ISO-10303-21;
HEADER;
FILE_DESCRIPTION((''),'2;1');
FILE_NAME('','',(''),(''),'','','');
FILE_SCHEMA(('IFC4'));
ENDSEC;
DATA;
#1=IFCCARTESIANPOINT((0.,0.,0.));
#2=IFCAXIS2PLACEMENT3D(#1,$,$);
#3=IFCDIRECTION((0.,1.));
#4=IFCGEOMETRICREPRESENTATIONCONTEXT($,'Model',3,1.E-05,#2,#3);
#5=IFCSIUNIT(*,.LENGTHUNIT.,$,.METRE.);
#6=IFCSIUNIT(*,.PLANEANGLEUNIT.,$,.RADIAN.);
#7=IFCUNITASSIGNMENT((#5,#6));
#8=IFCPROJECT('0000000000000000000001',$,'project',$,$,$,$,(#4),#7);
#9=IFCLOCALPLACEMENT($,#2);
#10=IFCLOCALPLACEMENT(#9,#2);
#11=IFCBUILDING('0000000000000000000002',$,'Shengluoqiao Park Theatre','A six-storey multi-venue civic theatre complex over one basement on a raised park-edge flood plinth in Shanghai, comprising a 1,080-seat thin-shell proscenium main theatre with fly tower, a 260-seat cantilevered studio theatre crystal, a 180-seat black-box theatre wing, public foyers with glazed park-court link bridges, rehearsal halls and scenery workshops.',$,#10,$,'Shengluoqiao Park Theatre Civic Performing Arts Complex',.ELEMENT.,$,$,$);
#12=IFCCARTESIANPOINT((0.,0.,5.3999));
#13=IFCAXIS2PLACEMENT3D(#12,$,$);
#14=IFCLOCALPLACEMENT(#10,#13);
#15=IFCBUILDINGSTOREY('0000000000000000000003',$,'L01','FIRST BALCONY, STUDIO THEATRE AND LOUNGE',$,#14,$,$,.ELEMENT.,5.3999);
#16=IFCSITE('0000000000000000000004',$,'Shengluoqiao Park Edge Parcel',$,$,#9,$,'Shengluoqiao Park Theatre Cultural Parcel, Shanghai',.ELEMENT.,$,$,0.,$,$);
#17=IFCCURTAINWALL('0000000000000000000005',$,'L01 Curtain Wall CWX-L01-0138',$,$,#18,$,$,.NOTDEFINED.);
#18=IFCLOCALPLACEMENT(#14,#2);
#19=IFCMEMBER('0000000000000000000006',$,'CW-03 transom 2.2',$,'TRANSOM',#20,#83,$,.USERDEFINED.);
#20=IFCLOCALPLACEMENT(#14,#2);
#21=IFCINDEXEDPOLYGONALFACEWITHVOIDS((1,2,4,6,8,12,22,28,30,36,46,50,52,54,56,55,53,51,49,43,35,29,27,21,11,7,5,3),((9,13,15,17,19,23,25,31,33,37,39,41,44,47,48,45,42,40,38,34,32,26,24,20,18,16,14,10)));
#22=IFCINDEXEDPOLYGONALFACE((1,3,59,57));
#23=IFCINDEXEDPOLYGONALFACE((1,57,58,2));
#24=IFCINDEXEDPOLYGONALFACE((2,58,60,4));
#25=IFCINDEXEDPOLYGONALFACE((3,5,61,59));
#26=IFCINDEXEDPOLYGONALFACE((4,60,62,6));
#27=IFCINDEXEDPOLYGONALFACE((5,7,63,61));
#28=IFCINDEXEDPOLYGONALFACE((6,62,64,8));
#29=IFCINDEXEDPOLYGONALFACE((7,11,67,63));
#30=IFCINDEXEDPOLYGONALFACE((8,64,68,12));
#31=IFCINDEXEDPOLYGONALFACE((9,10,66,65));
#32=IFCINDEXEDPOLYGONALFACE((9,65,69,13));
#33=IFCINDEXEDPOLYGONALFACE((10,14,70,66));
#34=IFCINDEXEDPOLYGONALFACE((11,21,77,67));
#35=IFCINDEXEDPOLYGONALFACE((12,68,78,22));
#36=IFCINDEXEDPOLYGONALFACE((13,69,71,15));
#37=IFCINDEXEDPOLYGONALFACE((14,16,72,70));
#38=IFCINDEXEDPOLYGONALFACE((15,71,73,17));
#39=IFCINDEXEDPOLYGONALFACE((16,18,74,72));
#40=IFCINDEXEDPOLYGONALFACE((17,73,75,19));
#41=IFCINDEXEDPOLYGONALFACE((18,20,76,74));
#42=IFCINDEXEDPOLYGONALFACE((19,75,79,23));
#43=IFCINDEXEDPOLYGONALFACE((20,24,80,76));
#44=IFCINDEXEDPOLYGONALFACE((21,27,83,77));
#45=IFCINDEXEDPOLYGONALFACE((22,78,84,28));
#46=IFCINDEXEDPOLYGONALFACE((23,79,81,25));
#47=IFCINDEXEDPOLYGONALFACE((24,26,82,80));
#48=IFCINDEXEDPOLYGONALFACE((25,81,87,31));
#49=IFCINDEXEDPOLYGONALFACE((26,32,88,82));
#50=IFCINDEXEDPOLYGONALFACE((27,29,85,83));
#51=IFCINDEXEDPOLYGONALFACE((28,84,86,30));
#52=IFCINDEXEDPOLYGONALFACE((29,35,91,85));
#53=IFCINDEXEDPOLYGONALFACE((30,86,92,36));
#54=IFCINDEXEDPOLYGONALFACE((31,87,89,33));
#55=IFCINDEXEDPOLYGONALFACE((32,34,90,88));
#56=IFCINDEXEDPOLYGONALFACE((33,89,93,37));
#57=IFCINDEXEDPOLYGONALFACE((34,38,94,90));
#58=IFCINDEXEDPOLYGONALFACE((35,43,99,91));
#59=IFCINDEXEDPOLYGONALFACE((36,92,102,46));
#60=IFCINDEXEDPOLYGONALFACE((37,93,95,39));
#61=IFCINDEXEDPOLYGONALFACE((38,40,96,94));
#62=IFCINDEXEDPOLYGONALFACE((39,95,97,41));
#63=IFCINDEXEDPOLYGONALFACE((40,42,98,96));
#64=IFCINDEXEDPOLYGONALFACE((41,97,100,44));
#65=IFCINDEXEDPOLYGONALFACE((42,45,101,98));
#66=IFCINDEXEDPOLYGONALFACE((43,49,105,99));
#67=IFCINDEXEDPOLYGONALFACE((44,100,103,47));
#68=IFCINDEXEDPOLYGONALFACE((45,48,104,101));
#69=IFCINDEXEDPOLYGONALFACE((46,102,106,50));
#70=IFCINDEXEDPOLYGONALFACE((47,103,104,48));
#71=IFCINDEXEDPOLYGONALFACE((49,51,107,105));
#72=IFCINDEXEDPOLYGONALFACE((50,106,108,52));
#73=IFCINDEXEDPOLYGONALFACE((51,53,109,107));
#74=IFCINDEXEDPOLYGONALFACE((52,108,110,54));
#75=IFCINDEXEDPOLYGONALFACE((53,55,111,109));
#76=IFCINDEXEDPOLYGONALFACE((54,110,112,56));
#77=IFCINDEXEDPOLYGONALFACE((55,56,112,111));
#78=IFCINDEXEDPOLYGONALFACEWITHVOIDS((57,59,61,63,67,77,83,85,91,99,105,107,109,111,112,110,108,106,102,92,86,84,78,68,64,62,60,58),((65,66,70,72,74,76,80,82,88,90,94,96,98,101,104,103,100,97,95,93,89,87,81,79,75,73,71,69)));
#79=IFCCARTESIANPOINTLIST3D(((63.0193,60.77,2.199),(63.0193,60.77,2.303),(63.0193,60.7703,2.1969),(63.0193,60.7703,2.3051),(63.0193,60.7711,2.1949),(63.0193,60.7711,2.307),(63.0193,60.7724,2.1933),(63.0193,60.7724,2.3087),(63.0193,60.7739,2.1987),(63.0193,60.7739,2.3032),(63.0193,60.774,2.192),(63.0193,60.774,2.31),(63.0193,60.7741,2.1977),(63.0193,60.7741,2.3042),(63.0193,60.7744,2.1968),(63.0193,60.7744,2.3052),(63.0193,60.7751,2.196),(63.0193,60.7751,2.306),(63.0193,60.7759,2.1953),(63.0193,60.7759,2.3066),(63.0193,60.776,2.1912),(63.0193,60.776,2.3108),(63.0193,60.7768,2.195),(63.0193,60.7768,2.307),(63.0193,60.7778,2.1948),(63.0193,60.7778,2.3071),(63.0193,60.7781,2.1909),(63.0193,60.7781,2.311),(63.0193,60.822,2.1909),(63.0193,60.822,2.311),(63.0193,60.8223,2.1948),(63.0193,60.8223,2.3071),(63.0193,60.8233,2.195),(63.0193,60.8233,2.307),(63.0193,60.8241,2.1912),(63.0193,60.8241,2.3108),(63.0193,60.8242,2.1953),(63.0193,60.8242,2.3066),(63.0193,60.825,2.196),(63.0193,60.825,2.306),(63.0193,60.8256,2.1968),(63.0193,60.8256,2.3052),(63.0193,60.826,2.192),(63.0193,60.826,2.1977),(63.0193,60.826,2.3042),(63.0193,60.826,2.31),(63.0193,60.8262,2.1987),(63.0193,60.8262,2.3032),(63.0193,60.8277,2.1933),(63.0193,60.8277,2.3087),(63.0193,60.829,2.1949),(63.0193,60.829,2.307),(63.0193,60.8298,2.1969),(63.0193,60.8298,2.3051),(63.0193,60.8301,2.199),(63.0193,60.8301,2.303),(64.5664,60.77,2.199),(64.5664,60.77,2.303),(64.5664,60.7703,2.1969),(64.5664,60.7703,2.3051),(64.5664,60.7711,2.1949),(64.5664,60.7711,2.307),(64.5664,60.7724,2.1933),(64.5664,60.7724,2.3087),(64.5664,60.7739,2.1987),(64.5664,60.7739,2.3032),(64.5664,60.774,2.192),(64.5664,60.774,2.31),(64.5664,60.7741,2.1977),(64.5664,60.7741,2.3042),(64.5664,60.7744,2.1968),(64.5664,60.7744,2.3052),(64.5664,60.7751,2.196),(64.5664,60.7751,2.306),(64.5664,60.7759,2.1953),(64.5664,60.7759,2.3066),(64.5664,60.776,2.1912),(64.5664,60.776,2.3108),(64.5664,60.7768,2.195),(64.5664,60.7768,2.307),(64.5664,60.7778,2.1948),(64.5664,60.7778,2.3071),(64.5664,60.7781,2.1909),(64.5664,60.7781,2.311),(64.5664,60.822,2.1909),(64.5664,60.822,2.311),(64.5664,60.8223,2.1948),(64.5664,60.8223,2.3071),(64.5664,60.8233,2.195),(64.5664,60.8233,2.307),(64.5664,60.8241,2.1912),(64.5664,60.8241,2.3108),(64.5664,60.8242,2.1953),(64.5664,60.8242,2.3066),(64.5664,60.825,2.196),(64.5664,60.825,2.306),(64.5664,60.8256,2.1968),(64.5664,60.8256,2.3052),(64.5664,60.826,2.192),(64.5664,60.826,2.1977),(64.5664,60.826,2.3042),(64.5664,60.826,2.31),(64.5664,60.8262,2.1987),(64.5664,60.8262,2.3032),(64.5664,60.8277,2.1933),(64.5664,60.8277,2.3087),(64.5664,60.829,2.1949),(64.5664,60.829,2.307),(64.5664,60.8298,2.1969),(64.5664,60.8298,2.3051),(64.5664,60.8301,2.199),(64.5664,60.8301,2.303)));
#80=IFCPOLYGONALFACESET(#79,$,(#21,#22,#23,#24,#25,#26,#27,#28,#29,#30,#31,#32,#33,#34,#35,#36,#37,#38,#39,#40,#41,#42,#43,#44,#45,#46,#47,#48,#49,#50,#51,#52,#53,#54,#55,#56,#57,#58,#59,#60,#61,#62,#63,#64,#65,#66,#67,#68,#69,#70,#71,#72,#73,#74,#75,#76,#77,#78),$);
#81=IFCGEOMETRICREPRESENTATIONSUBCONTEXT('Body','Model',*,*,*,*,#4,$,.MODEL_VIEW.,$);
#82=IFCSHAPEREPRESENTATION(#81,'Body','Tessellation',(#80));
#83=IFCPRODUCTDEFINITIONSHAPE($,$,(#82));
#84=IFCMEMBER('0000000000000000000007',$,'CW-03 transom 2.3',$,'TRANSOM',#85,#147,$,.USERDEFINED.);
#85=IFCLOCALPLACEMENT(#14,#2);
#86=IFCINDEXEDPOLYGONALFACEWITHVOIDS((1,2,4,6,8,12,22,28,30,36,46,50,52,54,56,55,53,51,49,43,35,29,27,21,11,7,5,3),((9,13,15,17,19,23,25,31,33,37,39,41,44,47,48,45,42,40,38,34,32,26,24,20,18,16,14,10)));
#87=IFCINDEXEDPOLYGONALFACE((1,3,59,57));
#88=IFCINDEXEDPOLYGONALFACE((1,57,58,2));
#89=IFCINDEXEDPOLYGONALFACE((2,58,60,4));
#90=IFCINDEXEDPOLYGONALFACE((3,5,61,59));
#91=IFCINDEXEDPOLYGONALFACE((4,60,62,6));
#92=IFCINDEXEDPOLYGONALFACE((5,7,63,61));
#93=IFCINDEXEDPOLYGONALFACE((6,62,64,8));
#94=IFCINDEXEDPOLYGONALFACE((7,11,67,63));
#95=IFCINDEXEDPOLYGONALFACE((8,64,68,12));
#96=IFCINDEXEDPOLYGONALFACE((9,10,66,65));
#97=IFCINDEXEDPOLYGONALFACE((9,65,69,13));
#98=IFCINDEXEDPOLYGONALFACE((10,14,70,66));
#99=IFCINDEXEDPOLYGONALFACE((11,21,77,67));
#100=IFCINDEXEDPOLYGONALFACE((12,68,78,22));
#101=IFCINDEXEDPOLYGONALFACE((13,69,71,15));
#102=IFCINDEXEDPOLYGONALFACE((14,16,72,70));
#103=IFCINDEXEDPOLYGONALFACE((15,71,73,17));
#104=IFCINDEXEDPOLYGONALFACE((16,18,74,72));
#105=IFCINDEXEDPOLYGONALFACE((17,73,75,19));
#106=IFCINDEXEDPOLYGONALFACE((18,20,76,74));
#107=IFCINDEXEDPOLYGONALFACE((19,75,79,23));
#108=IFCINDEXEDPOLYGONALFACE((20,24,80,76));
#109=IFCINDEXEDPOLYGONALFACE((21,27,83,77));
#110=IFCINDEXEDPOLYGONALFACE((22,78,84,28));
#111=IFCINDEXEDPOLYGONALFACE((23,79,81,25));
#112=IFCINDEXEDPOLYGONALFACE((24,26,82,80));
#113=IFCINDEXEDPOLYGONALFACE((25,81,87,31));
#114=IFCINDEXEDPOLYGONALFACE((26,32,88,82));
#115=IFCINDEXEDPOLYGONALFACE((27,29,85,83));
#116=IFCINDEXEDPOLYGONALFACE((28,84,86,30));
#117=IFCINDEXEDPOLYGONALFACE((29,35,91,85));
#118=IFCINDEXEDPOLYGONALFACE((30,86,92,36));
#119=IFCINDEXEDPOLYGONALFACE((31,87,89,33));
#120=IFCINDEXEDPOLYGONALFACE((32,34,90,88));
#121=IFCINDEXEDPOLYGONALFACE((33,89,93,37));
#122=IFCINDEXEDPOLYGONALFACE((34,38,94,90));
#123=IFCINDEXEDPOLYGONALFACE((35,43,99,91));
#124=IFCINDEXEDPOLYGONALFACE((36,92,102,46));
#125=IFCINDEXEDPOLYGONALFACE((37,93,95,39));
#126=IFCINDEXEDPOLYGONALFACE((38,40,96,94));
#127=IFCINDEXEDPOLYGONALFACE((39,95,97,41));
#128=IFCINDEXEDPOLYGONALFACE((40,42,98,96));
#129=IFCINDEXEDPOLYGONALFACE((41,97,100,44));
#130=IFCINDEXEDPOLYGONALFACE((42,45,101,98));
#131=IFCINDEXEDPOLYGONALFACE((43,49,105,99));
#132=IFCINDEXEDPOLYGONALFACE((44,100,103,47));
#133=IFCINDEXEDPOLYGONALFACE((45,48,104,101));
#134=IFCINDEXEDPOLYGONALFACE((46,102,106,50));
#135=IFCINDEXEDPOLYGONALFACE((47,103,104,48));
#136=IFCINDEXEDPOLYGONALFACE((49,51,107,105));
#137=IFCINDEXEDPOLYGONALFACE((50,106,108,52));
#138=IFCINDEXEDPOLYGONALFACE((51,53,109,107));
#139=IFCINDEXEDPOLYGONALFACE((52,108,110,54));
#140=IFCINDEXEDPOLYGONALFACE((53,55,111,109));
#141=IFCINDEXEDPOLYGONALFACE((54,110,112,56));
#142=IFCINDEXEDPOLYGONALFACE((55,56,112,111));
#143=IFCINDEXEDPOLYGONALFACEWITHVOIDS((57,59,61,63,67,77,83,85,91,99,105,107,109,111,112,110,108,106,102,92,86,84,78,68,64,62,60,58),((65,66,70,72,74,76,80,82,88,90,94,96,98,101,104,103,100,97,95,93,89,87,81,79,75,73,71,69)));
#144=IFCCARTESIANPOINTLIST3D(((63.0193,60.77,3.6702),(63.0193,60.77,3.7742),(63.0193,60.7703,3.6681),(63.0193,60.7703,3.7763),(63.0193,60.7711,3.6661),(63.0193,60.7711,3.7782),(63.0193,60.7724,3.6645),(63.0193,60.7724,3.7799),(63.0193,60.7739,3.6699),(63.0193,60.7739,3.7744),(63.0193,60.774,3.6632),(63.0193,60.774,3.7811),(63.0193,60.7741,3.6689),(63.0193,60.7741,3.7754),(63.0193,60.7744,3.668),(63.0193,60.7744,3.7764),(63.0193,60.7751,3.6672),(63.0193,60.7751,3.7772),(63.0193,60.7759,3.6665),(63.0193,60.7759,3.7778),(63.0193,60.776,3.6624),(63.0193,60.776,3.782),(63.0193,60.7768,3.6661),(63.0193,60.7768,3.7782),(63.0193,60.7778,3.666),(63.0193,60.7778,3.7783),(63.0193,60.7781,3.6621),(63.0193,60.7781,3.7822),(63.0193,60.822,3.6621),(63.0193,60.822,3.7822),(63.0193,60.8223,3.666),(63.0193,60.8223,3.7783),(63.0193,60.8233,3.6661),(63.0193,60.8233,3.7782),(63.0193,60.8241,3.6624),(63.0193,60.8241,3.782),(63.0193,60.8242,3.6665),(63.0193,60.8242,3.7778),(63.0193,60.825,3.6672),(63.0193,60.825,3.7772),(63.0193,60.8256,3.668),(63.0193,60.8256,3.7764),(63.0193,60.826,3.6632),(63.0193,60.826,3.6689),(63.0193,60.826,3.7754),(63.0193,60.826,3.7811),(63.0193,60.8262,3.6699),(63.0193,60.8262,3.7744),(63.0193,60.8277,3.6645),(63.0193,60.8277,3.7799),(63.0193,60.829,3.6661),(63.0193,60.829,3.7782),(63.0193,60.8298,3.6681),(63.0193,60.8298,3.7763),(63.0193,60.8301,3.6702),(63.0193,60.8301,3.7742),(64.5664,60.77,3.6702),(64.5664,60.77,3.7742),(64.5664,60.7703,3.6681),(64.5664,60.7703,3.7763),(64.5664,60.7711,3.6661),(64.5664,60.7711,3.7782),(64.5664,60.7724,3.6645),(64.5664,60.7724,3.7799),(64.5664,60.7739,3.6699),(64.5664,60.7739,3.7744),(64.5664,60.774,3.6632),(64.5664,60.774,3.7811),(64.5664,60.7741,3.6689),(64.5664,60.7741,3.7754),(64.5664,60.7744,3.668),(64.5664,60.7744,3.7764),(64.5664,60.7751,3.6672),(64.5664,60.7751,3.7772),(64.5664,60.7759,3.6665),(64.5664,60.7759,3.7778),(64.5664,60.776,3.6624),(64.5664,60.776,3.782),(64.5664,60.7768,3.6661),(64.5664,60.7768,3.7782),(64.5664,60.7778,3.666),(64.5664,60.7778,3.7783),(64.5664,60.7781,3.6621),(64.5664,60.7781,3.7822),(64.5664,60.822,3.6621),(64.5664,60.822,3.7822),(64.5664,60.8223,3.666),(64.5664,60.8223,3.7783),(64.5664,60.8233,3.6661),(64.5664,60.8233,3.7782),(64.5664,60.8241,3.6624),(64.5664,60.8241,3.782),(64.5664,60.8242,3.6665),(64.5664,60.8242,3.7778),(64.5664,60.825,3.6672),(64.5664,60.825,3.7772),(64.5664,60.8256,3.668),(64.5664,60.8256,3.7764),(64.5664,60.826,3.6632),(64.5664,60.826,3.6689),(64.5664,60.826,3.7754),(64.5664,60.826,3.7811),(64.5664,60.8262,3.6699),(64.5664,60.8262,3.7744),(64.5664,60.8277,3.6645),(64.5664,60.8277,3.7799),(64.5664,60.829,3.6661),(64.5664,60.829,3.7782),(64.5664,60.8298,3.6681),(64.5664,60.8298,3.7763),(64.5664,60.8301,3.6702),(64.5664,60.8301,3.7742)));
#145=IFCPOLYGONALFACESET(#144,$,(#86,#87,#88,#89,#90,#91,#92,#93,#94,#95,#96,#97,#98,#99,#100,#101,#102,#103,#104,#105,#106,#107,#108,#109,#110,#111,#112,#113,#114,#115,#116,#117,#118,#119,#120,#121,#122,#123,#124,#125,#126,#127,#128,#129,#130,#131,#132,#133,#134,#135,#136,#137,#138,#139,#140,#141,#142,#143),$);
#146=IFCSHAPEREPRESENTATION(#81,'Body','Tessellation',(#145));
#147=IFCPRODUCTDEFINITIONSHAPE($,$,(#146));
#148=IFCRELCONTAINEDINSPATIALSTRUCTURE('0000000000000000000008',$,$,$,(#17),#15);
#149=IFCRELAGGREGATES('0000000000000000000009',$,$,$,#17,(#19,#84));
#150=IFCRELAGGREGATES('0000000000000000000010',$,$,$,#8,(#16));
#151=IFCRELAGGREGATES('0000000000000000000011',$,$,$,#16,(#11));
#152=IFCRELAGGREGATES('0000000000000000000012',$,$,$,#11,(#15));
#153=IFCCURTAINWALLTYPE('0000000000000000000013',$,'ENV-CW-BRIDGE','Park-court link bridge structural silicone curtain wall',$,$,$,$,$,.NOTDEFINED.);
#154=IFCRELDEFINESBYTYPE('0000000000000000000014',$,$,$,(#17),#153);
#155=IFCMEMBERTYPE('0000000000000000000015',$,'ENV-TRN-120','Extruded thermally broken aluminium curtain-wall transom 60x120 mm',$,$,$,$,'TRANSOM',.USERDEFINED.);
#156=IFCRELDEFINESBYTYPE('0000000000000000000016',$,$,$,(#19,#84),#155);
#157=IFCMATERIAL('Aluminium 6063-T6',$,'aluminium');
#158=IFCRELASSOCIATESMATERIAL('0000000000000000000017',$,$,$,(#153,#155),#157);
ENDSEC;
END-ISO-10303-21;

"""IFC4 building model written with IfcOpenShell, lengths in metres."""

from ifc_helpers import new_model, si_unit, direction, frame, origin, origin_2d, place, context, subcontext, project, spatial, hollow_rectangle, extrude, material, material_profile, profile_set, type_object, element, aggregate, save


model = new_model("IFC4")

# Units and contexts
model_context = context("Model", 3, precision=1e-05, world=origin(), true_north=direction((0.0, 1.0)))
body_context = subcontext(model_context, "Body", "Model", "MODEL_VIEW")
ifc_project = project(units=[si_unit("LENGTHUNIT", "METRE"), si_unit("PLANEANGLEUNIT", "RADIAN")], contexts=[model_context])

# Site, building, storey
site_placement = place(None, origin())
site = spatial("IfcSite", under=ifc_project, at=site_placement, Name="Shengluoqiao Park Edge Parcel", LongName="Shengluoqiao Park Theatre Cultural Parcel, Shanghai", CompositionType="ELEMENT", RefElevation=0.0)
building_placement = place(site_placement, origin())
building = spatial("IfcBuilding", under=site, at=building_placement, Name="Shengluoqiao Park Theatre", Description="A six-storey multi-venue civic theatre complex over one basement on a raised park-edge flood plinth in Shanghai, comprising a 1,080-seat thin-shell proscenium main theatre with fly tower, a 260-seat cantilevered studio theatre crystal, a 180-seat black-box theatre wing, public foyers with glazed park-court link bridges, rehearsal halls and scenery workshops.", LongName="Shengluoqiao Park Theatre Civic Performing Arts Complex", CompositionType="ELEMENT")
storey_placement = place(building_placement, frame((0.0, 0.0, 5.3999)))
storey = spatial("IfcBuildingStorey", under=building, at=storey_placement, Name="L01", Description="FIRST BALCONY, STUDIO THEATRE AND LOUNGE", CompositionType="ELEMENT", Elevation=5.3999)

# Curtain wall
ifc_material_1 = material(Name="Aluminium 6063-T6", Category="aluminium")
curtain_wall_type_1 = type_object("IfcCurtainWallType", Name="ENV-CW-BRIDGE", Description="Park-court link bridge structural silicone curtain wall", PredefinedType="NOTDEFINED", material=ifc_material_1)
curtain_wall_1_placement = place(storey_placement, origin())
curtain_wall_1 = element("IfcCurtainWall", 1, at=curtain_wall_1_placement, inside=storey, type_object=curtain_wall_type_1, Name="L01 Curtain Wall CWX-L01-0138", PredefinedType="NOTDEFINED")

# Members
ifc_material_profile_1 = material_profile(ifc_material_1, hollow_rectangle(XDim=0.0601, YDim=0.1201, WallThickness=0.0039, InnerFilletRadius=0.0039, OuterFilletRadius=0.0081, at=origin_2d()), Name="ALU TRANSOM 120x60x4")
ifc_profile_set_1 = profile_set([ifc_material_profile_1], Name="Aluminium 6063-T6")
member_type_1 = type_object("IfcMemberType", Name="ENV-TRN-120", Description="Extruded thermally broken aluminium curtain-wall transom 60x120 mm", ElementType="TRANSOM", PredefinedType="USERDEFINED", material=ifc_profile_set_1)
member_1_placement = place(storey_placement, frame((63.0193, 60.8, 2.251), z_axis=(1.0, 0.0, 0.0), x_axis=(0.0, 1.0, 0.0)))
member_1 = element("IfcMember", 2, at=member_1_placement, type_object=member_type_1, Name="CW-03 transom 2.2", ObjectType="TRANSOM", PredefinedType="USERDEFINED", context=body_context, shape_type="SweptSolid", body=[
    extrude(hollow_rectangle(XDim=0.0601, YDim=0.1201, WallThickness=0.0039, InnerFilletRadius=0.0039, OuterFilletRadius=0.0081, at=origin_2d()), origin(), (0.0, 0.0, 1.0), 1.5471),
])
member_2_placement = place(storey_placement, frame((63.0193, 60.8, 3.7222), z_axis=(1.0, 0.0, 0.0), x_axis=(0.0, 1.0, 0.0)))
member_2 = element("IfcMember", 3, at=member_2_placement, type_object=member_type_1, Name="CW-03 transom 2.3", ObjectType="TRANSOM", PredefinedType="USERDEFINED", context=body_context, shape_type="SweptSolid", body=[
    extrude(hollow_rectangle(XDim=0.0601, YDim=0.1201, WallThickness=0.0039, InnerFilletRadius=0.0039, OuterFilletRadius=0.0081, at=origin_2d()), origin(), (0.0, 0.0, 1.0), 1.5471),
])

aggregate(curtain_wall_1, [member_1, member_2])

save(model, "model.ifc")
